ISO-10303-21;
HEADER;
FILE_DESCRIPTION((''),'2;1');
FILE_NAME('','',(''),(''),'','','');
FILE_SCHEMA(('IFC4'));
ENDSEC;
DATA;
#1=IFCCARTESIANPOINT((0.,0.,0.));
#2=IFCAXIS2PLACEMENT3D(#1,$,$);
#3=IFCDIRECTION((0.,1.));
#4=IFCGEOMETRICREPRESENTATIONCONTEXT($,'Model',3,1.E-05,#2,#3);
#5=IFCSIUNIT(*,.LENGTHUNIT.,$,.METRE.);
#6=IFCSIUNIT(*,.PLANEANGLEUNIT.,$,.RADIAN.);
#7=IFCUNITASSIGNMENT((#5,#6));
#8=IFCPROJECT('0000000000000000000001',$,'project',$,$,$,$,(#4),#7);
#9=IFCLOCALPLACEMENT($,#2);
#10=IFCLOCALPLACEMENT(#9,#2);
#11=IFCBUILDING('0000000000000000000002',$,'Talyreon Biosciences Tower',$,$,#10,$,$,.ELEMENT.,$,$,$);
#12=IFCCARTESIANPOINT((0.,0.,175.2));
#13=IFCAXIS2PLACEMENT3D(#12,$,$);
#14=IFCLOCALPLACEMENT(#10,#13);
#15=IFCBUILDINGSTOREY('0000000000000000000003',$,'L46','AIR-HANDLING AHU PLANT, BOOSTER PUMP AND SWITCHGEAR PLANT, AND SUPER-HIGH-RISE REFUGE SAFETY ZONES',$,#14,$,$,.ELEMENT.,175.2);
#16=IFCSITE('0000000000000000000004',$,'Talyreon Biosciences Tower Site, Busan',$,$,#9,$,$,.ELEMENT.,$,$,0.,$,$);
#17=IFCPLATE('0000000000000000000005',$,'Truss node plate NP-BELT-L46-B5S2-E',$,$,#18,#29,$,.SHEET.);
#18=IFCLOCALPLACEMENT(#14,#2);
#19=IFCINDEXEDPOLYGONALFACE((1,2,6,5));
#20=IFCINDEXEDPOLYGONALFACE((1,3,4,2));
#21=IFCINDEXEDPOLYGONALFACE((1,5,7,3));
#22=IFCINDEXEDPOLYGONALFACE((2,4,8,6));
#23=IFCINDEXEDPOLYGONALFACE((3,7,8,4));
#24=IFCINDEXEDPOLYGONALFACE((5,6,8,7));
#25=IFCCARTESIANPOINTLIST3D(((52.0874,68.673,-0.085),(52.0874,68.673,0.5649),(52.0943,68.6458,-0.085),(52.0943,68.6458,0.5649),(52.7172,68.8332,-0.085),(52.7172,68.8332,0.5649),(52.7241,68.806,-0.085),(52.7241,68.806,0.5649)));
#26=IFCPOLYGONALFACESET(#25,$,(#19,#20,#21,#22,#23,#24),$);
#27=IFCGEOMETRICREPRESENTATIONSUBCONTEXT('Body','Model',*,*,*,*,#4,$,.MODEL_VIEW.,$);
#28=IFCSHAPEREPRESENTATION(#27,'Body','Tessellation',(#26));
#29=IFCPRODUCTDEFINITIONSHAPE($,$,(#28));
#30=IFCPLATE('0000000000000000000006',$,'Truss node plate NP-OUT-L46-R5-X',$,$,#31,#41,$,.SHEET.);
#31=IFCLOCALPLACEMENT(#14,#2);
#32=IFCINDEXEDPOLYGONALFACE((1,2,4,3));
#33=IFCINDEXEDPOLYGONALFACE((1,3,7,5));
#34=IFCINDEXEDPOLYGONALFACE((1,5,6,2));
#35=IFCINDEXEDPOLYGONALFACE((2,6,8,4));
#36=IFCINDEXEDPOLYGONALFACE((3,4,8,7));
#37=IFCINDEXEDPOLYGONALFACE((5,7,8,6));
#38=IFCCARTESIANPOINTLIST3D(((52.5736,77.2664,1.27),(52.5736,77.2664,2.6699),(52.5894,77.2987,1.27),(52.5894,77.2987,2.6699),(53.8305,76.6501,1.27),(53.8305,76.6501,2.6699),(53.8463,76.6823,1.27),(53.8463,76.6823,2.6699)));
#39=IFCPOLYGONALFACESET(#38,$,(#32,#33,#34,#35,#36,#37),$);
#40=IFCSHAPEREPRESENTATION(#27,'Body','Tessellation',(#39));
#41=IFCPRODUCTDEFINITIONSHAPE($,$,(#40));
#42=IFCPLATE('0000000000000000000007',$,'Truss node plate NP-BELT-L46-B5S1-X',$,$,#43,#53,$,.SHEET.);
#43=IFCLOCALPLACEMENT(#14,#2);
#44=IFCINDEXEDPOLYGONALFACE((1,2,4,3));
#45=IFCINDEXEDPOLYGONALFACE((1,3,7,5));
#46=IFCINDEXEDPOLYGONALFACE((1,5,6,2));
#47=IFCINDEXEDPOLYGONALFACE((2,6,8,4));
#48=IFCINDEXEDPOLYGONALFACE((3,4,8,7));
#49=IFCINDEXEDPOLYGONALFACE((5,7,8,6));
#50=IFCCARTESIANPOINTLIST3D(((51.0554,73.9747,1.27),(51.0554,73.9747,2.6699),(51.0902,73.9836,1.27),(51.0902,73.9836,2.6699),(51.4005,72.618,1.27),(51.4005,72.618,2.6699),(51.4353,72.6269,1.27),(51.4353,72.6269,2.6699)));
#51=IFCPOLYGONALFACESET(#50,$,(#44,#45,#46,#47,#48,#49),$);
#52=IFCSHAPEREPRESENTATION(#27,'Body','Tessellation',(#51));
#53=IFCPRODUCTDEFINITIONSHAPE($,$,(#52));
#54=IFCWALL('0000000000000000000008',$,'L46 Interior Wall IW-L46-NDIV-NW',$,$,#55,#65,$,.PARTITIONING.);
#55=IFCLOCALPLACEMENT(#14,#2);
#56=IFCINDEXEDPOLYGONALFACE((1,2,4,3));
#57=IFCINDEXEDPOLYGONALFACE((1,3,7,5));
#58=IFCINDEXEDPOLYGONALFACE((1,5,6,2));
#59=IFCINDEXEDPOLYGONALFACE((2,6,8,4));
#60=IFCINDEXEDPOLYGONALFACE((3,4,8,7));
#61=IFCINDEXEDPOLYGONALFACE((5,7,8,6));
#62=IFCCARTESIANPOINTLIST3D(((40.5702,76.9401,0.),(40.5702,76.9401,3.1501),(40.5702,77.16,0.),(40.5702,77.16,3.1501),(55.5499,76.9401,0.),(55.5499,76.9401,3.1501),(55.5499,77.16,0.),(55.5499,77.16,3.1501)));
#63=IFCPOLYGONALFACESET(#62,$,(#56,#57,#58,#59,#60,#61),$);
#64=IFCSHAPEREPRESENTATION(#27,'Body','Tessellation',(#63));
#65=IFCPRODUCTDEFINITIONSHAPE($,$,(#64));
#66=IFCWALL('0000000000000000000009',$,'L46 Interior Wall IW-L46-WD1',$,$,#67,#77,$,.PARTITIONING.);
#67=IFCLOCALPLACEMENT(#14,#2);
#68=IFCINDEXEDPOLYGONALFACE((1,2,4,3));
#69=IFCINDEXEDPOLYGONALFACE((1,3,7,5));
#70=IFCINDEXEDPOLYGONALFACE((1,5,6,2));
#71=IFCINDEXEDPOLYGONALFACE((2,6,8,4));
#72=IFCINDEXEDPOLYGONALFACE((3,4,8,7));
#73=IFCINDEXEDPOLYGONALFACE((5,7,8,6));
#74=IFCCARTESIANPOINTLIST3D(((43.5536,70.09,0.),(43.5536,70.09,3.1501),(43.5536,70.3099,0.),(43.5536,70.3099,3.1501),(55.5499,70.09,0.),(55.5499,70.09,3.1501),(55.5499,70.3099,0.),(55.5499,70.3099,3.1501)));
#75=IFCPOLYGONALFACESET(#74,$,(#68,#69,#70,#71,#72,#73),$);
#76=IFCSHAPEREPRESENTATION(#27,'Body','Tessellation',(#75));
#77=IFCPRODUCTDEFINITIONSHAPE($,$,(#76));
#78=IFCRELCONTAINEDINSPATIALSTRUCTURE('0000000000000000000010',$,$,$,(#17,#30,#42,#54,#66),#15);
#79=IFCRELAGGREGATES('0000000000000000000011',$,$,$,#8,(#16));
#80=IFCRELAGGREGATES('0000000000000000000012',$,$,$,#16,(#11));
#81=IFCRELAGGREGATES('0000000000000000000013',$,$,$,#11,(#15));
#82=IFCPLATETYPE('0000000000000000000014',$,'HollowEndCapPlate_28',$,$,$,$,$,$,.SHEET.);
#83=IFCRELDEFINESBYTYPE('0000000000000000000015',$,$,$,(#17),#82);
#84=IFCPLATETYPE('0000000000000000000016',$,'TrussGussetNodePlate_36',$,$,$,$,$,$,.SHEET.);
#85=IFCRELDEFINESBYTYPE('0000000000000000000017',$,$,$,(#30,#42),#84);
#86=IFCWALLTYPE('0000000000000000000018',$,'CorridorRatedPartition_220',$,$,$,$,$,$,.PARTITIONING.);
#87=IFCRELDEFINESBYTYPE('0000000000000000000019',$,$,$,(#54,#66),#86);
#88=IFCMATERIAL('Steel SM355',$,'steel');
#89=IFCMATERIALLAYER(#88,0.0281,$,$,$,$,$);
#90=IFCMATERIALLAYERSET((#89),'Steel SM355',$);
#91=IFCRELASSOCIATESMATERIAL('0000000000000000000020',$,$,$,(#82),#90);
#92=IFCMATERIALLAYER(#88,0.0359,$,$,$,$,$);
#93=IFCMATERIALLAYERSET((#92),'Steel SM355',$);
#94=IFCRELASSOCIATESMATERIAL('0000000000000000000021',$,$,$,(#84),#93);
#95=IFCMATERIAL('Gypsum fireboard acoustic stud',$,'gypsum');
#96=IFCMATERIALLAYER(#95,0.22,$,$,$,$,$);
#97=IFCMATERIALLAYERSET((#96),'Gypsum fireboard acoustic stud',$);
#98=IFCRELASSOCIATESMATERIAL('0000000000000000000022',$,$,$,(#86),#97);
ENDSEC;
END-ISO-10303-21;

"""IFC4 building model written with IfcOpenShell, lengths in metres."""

from ifc_helpers import new_model, si_unit, direction, frame, frame_2d, origin, origin_2d, place, context, subcontext, project, spatial, rectangle, extrude, material, layer, layer_set, type_object, element, save


model = new_model("IFC4")

# Units and contexts
model_context = context("Model", 3, precision=1e-05, world=origin(), true_north=direction((0.0, 1.0)))
body_context = subcontext(model_context, "Body", "Model", "MODEL_VIEW")
ifc_project = project(units=[si_unit("LENGTHUNIT", "METRE"), si_unit("PLANEANGLEUNIT", "RADIAN")], contexts=[model_context])

# Site, building, storey
site_placement = place(None, origin())
site = spatial("IfcSite", under=ifc_project, at=site_placement, Name="Talyreon Biosciences Tower Site, Busan", CompositionType="ELEMENT", RefElevation=0.0)
building_placement = place(site_placement, origin())
building = spatial("IfcBuilding", under=site, at=building_placement, Name="Talyreon Biosciences Tower", CompositionType="ELEMENT")
storey_placement = place(building_placement, frame((0.0, 0.0, 175.2)))
storey = spatial("IfcBuildingStorey", under=building, at=storey_placement, Name="L46", Description="AIR-HANDLING AHU PLANT, BOOSTER PUMP AND SWITCHGEAR PLANT, AND SUPER-HIGH-RISE REFUGE SAFETY ZONES", CompositionType="ELEMENT", Elevation=175.2)

# Shared definitions
ifc_material_1 = material(Name="Steel SM355", Category="steel")

# Plates
ifc_layer_1 = layer(ifc_material_1, 0.0281)
ifc_layer_set_1 = layer_set([ifc_layer_1], Name="Steel SM355")
plate_type_1 = type_object("IfcPlateType", Name="HollowEndCapPlate_28", PredefinedType="SHEET", material=ifc_layer_set_1)
for number, where, z_axis, x_axis, name in (
    (1, (52.4058, 68.7395, -0.085), (0.0, 0.0, 1.0), (0.969132, 0.246542, 0.0), "Truss node plate NP-BELT-L46-B5S2-E"),
):
    element("IfcPlate", number, at=place(storey_placement, frame(where, z_axis=z_axis, x_axis=x_axis)), inside=storey, type_object=plate_type_1, Name=name, PredefinedType="SHEET", context=body_context, shape_type="SweptSolid", body=[
        extrude(rectangle(XDim=0.6499, YDim=0.0281, at=origin_2d()), origin(), (0.0, 0.0, 1.0), 0.6499),
    ])
ifc_layer_2 = layer(ifc_material_1, 0.0359)
ifc_layer_set_2 = layer_set([ifc_layer_2], Name="Steel SM355")
plate_type_2 = type_object("IfcPlateType", Name="TrussGussetNodePlate_36", PredefinedType="SHEET", material=ifc_layer_set_2)
for number, where, z_axis, x_axis, name in (
    (2, (53.21, 76.9744, 1.27), (0.0, 0.0, 1.0), (-0.897859, 0.440284, 0.0), "Truss node plate NP-OUT-L46-R5-X"),
    (3, (51.2454, 73.3008, 1.27), (0.0, 0.0, 1.0), (0.246542, -0.969132, 0.0), "Truss node plate NP-BELT-L46-B5S1-X"),
):
    element("IfcPlate", number, at=place(storey_placement, frame(where, z_axis=z_axis, x_axis=x_axis)), inside=storey, type_object=plate_type_2, Name=name, PredefinedType="SHEET", context=body_context, shape_type="SweptSolid", body=[
        extrude(rectangle(XDim=1.3999, YDim=0.0359, at=origin_2d()), origin(), (0.0, 0.0, 1.0), 1.3999),
    ])

# Walls
ifc_material_2 = material(Name="Gypsum fireboard acoustic stud", Category="gypsum")
ifc_layer_3 = layer(ifc_material_2, 0.22)
ifc_layer_set_3 = layer_set([ifc_layer_3], Name="Gypsum fireboard acoustic stud")
wall_type = type_object("IfcWallType", Name="CorridorRatedPartition_220", PredefinedType="PARTITIONING", material=ifc_layer_set_3)
wall_1_placement = place(storey_placement, frame((40.5703, 77.05, 0.0), z_axis=(0.0, 0.0, 1.0), x_axis=(1.0, 0.0, 0.0)))
element("IfcWall", 4, at=wall_1_placement, inside=storey, type_object=wall_type, Name="L46 Interior Wall IW-L46-NDIV-NW", PredefinedType="PARTITIONING", context=body_context, shape_type="SweptSolid", body=[
    extrude(rectangle(XDim=14.9797, YDim=0.22, at=frame_2d((7.4897, 0.0))), origin(), (0.0, 0.0, 1.0), 3.1501),
])
wall_2_placement = place(storey_placement, frame((43.5537, 70.2, 0.0), z_axis=(0.0, 0.0, 1.0), x_axis=(1.0, 0.0, 0.0)))
element("IfcWall", 5, at=wall_2_placement, inside=storey, type_object=wall_type, Name="L46 Interior Wall IW-L46-WD1", PredefinedType="PARTITIONING", context=body_context, shape_type="SweptSolid", body=[
    extrude(rectangle(XDim=11.9963, YDim=0.22, at=frame_2d((5.998, 0.0))), origin(), (0.0, 0.0, 1.0), 3.1501),
])

save(model, "model.ifc")
